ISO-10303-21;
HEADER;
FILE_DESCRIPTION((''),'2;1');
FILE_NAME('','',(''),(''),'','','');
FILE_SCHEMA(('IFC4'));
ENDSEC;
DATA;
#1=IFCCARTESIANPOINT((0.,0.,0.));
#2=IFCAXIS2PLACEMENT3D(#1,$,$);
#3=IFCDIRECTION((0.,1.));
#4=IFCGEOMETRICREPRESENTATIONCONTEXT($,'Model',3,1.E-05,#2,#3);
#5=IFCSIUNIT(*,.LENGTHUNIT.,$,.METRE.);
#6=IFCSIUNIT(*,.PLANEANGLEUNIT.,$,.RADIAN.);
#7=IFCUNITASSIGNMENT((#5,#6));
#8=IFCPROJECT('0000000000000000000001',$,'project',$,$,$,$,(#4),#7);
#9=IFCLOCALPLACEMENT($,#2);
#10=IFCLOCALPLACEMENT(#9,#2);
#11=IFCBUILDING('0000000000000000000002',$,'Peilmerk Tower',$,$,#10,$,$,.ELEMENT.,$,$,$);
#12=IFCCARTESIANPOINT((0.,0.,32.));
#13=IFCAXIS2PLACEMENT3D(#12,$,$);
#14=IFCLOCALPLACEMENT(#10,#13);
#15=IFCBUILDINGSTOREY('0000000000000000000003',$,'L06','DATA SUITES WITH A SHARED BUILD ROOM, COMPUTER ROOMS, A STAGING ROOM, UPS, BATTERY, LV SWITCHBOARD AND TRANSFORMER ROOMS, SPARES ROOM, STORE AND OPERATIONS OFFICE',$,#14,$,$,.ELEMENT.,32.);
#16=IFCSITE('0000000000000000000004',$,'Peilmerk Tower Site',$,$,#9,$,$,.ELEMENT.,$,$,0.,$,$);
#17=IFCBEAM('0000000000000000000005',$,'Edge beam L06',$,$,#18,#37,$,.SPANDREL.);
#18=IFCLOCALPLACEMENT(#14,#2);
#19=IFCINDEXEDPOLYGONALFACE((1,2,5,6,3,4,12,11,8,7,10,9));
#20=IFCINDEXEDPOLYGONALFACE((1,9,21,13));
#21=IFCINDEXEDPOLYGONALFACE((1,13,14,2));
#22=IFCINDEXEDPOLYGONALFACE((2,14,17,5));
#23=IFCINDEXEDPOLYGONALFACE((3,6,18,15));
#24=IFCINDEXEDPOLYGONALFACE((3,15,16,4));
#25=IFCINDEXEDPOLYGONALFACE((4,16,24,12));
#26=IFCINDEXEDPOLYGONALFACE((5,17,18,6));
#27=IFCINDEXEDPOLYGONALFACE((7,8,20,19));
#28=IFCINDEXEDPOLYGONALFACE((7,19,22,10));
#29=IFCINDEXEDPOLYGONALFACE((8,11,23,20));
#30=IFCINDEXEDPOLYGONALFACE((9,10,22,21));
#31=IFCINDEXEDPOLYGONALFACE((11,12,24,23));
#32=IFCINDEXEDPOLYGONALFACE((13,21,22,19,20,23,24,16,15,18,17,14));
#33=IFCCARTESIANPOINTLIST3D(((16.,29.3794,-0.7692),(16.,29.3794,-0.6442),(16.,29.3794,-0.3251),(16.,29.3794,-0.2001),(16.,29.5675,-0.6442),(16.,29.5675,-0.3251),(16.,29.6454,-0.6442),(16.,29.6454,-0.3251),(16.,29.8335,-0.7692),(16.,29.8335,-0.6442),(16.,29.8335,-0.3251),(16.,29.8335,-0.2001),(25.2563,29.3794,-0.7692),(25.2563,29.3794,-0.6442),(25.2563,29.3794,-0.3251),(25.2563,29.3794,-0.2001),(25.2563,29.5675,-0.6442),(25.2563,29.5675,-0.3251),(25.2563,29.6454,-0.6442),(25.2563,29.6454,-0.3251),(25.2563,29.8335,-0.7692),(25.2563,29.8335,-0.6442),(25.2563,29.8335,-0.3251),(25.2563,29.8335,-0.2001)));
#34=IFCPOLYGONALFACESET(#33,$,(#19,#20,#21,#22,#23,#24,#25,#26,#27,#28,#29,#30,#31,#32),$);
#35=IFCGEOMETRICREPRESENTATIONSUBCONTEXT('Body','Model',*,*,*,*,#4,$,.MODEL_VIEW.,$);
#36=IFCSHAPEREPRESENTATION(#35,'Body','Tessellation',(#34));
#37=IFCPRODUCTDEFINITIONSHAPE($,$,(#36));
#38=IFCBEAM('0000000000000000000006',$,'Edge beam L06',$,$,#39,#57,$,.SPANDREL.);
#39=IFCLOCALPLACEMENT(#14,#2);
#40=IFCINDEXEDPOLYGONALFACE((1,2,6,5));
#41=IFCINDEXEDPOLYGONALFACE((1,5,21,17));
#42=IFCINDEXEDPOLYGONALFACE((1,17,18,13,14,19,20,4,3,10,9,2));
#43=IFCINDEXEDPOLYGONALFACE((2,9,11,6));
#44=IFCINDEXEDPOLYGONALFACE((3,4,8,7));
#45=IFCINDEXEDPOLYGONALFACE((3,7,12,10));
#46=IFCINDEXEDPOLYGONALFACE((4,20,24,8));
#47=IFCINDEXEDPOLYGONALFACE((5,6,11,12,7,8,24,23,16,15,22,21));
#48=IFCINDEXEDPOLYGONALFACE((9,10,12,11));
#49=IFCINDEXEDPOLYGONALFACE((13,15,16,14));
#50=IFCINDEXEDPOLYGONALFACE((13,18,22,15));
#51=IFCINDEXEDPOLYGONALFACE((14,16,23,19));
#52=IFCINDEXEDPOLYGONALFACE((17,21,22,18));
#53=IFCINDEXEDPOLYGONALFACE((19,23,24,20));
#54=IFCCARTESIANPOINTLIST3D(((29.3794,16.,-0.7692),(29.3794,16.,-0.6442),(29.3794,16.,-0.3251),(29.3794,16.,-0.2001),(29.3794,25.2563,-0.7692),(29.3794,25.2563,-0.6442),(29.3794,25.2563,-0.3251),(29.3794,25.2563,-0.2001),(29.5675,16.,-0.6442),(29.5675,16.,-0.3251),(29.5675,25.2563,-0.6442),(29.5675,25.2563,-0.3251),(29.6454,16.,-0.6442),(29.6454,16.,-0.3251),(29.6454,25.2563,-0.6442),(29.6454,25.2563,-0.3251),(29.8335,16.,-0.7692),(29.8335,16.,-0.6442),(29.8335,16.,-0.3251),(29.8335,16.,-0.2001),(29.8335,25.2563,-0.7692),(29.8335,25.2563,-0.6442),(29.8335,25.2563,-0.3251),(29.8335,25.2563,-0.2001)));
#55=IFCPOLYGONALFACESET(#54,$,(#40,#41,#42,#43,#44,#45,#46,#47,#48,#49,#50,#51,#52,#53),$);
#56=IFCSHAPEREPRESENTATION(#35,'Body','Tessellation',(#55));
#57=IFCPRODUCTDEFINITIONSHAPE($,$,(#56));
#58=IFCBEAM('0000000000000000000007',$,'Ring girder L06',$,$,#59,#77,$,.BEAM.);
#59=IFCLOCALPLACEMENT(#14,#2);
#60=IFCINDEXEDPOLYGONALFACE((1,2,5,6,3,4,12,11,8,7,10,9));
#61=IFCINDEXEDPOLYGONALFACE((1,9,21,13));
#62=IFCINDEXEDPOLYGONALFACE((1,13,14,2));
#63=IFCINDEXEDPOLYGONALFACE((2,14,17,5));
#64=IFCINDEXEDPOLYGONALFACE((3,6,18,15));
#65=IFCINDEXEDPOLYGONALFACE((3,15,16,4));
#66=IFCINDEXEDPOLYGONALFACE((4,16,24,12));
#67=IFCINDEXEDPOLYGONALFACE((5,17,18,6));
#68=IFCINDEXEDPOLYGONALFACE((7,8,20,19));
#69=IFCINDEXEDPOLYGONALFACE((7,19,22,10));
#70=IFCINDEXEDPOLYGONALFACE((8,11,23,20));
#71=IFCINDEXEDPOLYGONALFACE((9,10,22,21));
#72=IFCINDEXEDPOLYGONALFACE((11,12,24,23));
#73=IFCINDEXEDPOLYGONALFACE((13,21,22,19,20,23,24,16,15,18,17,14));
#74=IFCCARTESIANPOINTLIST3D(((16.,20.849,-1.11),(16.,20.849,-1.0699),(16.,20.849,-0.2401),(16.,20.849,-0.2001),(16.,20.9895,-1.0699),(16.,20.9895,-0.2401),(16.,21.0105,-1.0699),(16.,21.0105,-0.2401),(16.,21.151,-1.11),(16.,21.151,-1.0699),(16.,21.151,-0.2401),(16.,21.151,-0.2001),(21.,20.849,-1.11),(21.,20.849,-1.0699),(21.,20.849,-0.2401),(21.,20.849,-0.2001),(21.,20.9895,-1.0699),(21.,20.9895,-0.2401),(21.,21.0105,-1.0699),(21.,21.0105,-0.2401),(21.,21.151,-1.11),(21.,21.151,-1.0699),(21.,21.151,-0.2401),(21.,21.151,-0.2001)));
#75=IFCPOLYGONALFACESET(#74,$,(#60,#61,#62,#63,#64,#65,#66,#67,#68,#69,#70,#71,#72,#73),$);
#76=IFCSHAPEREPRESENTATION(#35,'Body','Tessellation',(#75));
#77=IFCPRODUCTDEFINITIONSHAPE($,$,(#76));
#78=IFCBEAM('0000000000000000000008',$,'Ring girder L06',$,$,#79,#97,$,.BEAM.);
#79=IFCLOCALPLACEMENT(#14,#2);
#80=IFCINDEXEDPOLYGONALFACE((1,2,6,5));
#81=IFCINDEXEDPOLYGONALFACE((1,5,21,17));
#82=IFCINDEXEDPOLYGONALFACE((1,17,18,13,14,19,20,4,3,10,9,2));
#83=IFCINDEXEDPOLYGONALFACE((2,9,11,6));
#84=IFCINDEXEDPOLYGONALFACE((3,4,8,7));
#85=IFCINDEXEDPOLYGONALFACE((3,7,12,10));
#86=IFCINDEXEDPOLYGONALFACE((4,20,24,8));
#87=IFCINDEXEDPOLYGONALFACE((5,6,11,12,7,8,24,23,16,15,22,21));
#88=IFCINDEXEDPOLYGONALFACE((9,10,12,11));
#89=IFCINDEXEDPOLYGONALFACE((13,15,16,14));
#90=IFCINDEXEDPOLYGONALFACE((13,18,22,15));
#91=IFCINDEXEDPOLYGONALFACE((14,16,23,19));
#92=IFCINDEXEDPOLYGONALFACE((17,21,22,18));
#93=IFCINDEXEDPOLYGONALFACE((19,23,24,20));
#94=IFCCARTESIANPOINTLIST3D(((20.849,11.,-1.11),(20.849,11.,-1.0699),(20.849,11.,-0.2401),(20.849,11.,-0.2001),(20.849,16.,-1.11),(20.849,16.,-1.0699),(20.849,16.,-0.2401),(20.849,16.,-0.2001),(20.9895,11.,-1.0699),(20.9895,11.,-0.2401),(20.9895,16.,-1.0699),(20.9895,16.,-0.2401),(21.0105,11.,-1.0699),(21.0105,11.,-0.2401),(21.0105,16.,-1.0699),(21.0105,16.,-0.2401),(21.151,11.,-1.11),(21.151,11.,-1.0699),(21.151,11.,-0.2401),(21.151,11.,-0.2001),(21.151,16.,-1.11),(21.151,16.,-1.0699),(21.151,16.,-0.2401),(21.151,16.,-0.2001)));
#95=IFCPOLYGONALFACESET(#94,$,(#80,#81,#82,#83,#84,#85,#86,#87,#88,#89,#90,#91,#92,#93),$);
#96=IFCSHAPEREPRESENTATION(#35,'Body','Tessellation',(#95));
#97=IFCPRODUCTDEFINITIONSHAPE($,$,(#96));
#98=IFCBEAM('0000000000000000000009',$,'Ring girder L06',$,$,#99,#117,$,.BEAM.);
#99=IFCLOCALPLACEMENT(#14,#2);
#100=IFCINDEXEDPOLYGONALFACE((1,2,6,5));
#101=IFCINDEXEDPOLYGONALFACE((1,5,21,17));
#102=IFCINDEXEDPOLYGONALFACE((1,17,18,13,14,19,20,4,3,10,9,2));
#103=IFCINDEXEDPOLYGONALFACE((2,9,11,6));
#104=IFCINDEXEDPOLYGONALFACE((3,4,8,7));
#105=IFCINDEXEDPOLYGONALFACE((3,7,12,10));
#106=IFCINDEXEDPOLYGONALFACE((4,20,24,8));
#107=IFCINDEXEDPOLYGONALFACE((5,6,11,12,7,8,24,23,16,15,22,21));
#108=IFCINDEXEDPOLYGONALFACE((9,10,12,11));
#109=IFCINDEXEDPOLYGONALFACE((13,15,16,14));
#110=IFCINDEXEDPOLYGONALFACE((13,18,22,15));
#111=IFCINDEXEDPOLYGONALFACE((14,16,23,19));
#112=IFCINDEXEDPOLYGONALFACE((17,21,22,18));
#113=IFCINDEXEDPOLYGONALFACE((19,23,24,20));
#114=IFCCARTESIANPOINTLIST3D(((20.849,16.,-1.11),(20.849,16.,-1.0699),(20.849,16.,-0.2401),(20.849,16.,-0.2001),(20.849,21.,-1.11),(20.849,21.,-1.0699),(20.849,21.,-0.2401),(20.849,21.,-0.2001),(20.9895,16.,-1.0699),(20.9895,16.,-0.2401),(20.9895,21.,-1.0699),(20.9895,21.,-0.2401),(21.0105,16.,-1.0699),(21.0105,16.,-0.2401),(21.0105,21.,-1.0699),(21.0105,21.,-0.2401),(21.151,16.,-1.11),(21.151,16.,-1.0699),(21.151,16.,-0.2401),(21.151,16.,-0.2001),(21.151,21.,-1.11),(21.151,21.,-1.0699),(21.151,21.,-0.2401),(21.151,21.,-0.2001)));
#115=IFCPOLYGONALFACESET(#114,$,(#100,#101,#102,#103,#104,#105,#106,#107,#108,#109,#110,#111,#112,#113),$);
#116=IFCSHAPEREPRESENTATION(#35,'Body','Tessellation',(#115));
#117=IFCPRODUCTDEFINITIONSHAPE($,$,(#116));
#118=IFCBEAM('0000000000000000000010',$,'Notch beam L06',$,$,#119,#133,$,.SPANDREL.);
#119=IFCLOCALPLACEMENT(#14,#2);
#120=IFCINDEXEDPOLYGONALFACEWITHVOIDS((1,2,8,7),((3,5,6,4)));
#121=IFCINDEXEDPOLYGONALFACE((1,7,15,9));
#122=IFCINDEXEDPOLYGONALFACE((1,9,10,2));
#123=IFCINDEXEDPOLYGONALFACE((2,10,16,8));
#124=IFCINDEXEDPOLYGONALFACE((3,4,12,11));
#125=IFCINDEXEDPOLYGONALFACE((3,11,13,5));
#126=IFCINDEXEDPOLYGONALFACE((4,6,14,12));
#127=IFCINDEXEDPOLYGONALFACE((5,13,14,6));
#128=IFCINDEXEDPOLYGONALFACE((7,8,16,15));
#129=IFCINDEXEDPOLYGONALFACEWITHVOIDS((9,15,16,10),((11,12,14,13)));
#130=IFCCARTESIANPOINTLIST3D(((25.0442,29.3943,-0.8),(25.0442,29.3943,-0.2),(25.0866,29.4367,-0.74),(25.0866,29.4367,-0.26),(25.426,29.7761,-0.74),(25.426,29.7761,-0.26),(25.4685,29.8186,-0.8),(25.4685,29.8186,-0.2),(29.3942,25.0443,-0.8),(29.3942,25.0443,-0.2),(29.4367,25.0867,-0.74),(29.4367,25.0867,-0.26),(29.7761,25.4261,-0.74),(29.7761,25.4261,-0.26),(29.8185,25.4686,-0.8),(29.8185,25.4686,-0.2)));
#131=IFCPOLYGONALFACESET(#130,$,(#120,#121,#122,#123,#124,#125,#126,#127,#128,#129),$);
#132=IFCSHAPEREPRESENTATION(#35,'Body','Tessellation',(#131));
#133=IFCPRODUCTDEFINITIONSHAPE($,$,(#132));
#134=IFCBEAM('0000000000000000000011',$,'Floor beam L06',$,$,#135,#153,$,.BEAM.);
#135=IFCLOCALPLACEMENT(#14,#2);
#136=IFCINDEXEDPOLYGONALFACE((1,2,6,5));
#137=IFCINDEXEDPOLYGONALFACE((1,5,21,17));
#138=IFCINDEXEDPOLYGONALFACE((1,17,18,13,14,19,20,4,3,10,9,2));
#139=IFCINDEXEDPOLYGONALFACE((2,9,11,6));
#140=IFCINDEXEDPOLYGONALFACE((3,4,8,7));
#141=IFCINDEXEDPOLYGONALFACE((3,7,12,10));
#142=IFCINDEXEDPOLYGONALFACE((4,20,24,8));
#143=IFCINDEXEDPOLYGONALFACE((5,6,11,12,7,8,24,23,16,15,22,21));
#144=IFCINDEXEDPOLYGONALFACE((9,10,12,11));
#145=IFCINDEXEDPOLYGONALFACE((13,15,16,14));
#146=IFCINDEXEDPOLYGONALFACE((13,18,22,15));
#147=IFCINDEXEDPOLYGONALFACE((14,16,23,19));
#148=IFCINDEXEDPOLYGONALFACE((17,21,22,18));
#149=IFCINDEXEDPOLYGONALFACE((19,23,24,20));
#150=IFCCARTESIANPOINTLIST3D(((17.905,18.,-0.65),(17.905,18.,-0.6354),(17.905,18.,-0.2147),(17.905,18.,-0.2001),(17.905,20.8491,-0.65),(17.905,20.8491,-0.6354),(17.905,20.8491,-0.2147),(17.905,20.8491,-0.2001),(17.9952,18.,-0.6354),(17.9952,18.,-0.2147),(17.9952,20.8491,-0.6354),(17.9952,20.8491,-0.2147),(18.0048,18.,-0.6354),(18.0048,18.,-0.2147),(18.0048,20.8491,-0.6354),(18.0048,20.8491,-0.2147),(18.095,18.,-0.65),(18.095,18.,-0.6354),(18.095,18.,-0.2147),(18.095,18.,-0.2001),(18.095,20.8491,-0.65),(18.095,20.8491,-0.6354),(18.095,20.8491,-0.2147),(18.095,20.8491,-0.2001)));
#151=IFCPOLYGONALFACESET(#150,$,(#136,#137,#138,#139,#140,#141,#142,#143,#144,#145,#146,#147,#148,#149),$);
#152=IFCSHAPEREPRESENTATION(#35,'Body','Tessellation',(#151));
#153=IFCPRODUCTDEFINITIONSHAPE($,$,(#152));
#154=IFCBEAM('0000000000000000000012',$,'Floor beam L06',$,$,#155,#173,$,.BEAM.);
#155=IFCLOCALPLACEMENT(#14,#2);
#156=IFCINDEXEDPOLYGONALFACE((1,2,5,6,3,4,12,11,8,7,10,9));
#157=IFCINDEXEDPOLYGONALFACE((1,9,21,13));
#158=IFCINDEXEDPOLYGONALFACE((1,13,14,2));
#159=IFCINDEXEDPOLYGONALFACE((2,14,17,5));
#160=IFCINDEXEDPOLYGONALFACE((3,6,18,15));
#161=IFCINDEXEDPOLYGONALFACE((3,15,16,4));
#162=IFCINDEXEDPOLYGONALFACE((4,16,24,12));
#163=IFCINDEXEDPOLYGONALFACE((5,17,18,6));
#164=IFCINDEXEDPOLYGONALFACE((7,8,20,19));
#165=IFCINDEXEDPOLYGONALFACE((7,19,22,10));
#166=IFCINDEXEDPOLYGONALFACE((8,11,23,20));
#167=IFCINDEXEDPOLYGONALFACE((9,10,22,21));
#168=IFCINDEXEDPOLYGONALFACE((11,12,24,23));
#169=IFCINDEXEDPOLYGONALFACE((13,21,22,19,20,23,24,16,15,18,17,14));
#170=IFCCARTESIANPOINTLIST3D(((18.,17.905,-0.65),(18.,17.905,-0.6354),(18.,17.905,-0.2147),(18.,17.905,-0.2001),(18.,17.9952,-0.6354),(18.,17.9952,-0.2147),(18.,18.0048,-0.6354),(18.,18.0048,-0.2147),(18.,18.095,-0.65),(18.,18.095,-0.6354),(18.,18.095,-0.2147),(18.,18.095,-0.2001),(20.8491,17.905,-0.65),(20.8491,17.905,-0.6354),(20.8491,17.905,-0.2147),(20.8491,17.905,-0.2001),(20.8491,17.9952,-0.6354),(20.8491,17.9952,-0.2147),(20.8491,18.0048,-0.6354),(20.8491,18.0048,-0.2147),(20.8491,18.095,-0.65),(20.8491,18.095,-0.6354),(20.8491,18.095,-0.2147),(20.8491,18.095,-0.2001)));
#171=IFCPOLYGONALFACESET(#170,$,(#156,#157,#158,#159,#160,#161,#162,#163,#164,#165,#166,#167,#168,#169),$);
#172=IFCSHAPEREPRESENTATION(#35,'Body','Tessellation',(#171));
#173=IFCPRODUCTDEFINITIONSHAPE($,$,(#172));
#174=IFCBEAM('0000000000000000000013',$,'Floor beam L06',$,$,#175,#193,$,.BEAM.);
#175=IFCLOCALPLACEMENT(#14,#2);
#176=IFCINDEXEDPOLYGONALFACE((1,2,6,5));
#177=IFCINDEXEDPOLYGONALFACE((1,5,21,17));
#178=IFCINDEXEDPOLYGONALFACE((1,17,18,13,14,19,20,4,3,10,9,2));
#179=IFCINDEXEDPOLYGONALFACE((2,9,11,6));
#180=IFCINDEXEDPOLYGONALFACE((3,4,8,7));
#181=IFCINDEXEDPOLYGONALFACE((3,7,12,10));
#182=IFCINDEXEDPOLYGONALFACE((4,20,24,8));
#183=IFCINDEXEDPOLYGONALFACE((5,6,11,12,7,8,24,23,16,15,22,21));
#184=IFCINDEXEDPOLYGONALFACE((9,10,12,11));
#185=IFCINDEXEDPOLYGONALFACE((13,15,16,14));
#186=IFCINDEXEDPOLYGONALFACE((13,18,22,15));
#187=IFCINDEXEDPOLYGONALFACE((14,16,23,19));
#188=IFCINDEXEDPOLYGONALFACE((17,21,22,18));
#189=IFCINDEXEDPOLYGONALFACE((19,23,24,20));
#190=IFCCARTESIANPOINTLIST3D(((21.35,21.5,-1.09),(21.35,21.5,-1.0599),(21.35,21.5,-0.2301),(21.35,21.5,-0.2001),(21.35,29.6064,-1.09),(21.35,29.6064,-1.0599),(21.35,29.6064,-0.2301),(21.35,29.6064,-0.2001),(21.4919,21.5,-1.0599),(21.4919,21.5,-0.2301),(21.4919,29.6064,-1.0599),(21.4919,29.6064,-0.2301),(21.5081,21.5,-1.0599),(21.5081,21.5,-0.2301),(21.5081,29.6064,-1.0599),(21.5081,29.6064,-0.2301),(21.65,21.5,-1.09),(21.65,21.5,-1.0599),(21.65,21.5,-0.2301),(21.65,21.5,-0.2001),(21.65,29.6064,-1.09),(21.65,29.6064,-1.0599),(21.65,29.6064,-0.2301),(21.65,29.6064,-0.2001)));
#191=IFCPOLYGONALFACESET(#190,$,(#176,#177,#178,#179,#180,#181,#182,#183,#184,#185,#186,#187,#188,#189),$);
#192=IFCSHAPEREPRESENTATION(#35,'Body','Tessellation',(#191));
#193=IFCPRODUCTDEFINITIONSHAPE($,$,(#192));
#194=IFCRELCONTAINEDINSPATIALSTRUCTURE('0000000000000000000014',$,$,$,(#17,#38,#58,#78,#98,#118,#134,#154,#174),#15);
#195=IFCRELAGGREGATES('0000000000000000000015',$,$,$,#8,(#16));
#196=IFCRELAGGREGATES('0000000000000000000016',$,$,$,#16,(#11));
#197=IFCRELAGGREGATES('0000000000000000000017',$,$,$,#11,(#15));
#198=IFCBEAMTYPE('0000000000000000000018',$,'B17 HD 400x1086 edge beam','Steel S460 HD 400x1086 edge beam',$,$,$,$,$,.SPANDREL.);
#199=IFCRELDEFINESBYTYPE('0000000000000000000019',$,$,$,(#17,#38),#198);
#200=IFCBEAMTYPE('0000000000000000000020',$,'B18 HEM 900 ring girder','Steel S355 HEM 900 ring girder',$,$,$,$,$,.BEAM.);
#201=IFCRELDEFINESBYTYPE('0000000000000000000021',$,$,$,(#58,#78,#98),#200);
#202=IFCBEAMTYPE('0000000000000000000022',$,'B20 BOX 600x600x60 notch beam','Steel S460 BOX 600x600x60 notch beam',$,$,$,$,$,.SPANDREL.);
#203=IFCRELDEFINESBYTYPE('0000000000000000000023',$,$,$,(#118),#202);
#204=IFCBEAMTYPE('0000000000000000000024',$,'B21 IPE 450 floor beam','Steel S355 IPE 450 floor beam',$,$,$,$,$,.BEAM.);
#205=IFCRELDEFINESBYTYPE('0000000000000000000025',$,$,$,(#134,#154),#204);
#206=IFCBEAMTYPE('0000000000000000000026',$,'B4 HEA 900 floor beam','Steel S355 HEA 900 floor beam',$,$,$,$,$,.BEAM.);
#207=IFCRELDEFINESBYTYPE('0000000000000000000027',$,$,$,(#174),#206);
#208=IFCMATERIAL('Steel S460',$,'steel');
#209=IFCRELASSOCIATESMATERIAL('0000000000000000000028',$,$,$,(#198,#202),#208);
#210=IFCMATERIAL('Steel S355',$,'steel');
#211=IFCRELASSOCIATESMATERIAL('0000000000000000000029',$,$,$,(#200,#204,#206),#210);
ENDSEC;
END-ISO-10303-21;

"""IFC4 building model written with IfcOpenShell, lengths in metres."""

from ifc_helpers import new_model, si_unit, direction, frame, origin, origin_2d, place, context, subcontext, project, spatial, hollow_rectangle, i_section, extrude, material, material_profile, profile_set, type_object, element, save


model = new_model("IFC4")

# Units and contexts
model_context = context("Model", 3, precision=1e-05, world=origin(), true_north=direction((0.0, 1.0)))
body_context = subcontext(model_context, "Body", "Model", "MODEL_VIEW")
ifc_project = project(units=[si_unit("LENGTHUNIT", "METRE"), si_unit("PLANEANGLEUNIT", "RADIAN")], contexts=[model_context])

# Site, building, storey
site_placement = place(None, origin())
site = spatial("IfcSite", under=ifc_project, at=site_placement, Name="Peilmerk Tower Site", CompositionType="ELEMENT", RefElevation=0.0)
building_placement = place(site_placement, origin())
building = spatial("IfcBuilding", under=site, at=building_placement, Name="Peilmerk Tower", CompositionType="ELEMENT")
storey_placement = place(building_placement, frame((0.0, 0.0, 32.0)))
storey = spatial("IfcBuildingStorey", under=building, at=storey_placement, Name="L06", Description="DATA SUITES WITH A SHARED BUILD ROOM, COMPUTER ROOMS, A STAGING ROOM, UPS, BATTERY, LV SWITCHBOARD AND TRANSFORMER ROOMS, SPARES ROOM, STORE AND OPERATIONS OFFICE", CompositionType="ELEMENT", Elevation=32.0)

# Beams
ifc_material_1 = material(Name="Steel S355", Category="steel")
ifc_material_2 = material(Name="Steel S460", Category="steel")
ifc_material_profile_1 = material_profile(ifc_material_2, i_section(OverallWidth=0.4541, OverallDepth=0.5691, WebThickness=0.0779, FlangeThickness=0.125, at=origin_2d()), Name="HD 400x1086")
ifc_profile_set_1 = profile_set([ifc_material_profile_1], Name="Steel S460")
beam_type_1 = type_object("IfcBeamType", Name="B17 HD 400x1086 edge beam", Description="Steel S460 HD 400x1086 edge beam", PredefinedType="SPANDREL", material=ifc_profile_set_1)
for number, where, z_axis, x_axis, name in (
    (1, (25.2563, 29.6064, -0.4846), (-1.0, 0.0, 0.0), (0.0, -1.0, 0.0), "Edge beam L06"),
    (2, (29.6064, 16.0, -0.4846), (0.0, 1.0, 0.0), (-1.0, 0.0, 0.0), "Edge beam L06"),
):
    element("IfcBeam", number, at=place(storey_placement, frame(where, z_axis=z_axis, x_axis=x_axis)), inside=storey, type_object=beam_type_1, Name=name, PredefinedType="SPANDREL", context=body_context, shape_type="SweptSolid", body=[
        extrude(i_section(OverallWidth=0.4541, OverallDepth=0.5691, WebThickness=0.0779, FlangeThickness=0.125, at=origin_2d()), origin(), (0.0, 0.0, 1.0), 9.2563),
    ])
ifc_material_profile_2 = material_profile(ifc_material_1, i_section(OverallWidth=0.302, OverallDepth=0.9099, WebThickness=0.021, FlangeThickness=0.04, at=origin_2d()), Name="HEM 900")
ifc_profile_set_2 = profile_set([ifc_material_profile_2], Name="Steel S355")
beam_type_2 = type_object("IfcBeamType", Name="B18 HEM 900 ring girder", Description="Steel S355 HEM 900 ring girder", PredefinedType="BEAM", material=ifc_profile_set_2)
for number, where, z_axis, x_axis, name in (
    (3, (21.0, 21.0, -0.655), (-1.0, 0.0, 0.0), (0.0, -1.0, 0.0), "Ring girder L06"),
    (4, (21.0, 11.0, -0.655), (0.0, 1.0, 0.0), (-1.0, 0.0, 0.0), "Ring girder L06"),
    (5, (21.0, 16.0, -0.655), (0.0, 1.0, 0.0), (-1.0, 0.0, 0.0), "Ring girder L06"),
):
    element("IfcBeam", number, at=place(storey_placement, frame(where, z_axis=z_axis, x_axis=x_axis)), inside=storey, type_object=beam_type_2, Name=name, PredefinedType="BEAM", context=body_context, shape_type="SweptSolid", body=[
        extrude(i_section(OverallWidth=0.302, OverallDepth=0.9099, WebThickness=0.021, FlangeThickness=0.04, at=origin_2d()), origin(), (0.0, 0.0, 1.0), 5.0),
    ])
ifc_material_profile_3 = material_profile(ifc_material_2, hollow_rectangle(XDim=0.6001, YDim=0.6001, WallThickness=0.0601, at=origin_2d()), Name="BOX 600x600x60")
ifc_profile_set_3 = profile_set([ifc_material_profile_3], Name="Steel S460")
beam_type_3 = type_object("IfcBeamType", Name="B20 BOX 600x600x60 notch beam", Description="Steel S460 BOX 600x600x60 notch beam", PredefinedType="SPANDREL", material=ifc_profile_set_3)
beam_1_placement = place(storey_placement, frame((25.2563, 29.6064, -0.5), z_axis=(0.707107, -0.707107, 0.0), x_axis=(0.707107, 0.707107, 0.0)))
element("IfcBeam", 6, at=beam_1_placement, inside=storey, type_object=beam_type_3, Name="Notch beam L06", PredefinedType="SPANDREL", context=body_context, shape_type="SweptSolid", body=[
    extrude(hollow_rectangle(XDim=0.6001, YDim=0.6001, WallThickness=0.0601, at=origin_2d()), origin(), (0.0, 0.0, 1.0), 6.1519),
])
ifc_material_profile_4 = material_profile(ifc_material_1, i_section(OverallWidth=0.1899, OverallDepth=0.45, WebThickness=0.0095, FlangeThickness=0.0146, at=origin_2d()), Name="IPE 450")
ifc_profile_set_4 = profile_set([ifc_material_profile_4], Name="Steel S355")
beam_type_4 = type_object("IfcBeamType", Name="B21 IPE 450 floor beam", Description="Steel S355 IPE 450 floor beam", PredefinedType="BEAM", material=ifc_profile_set_4)
for number, where, z_axis, x_axis, name in (
    (7, (18.0, 18.0, -0.425), (0.0, 1.0, 0.0), (-1.0, 0.0, 0.0), "Floor beam L06"),
    (8, (18.0, 18.0, -0.425), (1.0, 0.0, 0.0), (0.0, 1.0, 0.0), "Floor beam L06"),
):
    element("IfcBeam", number, at=place(storey_placement, frame(where, z_axis=z_axis, x_axis=x_axis)), inside=storey, type_object=beam_type_4, Name=name, PredefinedType="BEAM", context=body_context, shape_type="SweptSolid", body=[
        extrude(i_section(OverallWidth=0.1899, OverallDepth=0.45, WebThickness=0.0095, FlangeThickness=0.0146, at=origin_2d()), origin(), (0.0, 0.0, 1.0), 2.8491),
    ])
ifc_material_profile_5 = material_profile(ifc_material_1, i_section(OverallWidth=0.3, OverallDepth=0.8899, WebThickness=0.0161, FlangeThickness=0.03, at=origin_2d()), Name="HEA 900")
ifc_profile_set_5 = profile_set([ifc_material_profile_5], Name="Steel S355")
beam_type_5 = type_object("IfcBeamType", Name="B4 HEA 900 floor beam", Description="Steel S355 HEA 900 floor beam", PredefinedType="BEAM", material=ifc_profile_set_5)
for number, where, z_axis, x_axis, name in (
    (9, (21.5, 21.5, -0.645), (0.0, 1.0, 0.0), (-1.0, 0.0, 0.0), "Floor beam L06"),
):
    element("IfcBeam", number, at=place(storey_placement, frame(where, z_axis=z_axis, x_axis=x_axis)), inside=storey, type_object=beam_type_5, Name=name, PredefinedType="BEAM", context=body_context, shape_type="SweptSolid", body=[
        extrude(i_section(OverallWidth=0.3, OverallDepth=0.8899, WebThickness=0.0161, FlangeThickness=0.03, at=origin_2d()), origin(), (0.0, 0.0, 1.0), 8.1064),
    ])

save(model, "model.ifc")
